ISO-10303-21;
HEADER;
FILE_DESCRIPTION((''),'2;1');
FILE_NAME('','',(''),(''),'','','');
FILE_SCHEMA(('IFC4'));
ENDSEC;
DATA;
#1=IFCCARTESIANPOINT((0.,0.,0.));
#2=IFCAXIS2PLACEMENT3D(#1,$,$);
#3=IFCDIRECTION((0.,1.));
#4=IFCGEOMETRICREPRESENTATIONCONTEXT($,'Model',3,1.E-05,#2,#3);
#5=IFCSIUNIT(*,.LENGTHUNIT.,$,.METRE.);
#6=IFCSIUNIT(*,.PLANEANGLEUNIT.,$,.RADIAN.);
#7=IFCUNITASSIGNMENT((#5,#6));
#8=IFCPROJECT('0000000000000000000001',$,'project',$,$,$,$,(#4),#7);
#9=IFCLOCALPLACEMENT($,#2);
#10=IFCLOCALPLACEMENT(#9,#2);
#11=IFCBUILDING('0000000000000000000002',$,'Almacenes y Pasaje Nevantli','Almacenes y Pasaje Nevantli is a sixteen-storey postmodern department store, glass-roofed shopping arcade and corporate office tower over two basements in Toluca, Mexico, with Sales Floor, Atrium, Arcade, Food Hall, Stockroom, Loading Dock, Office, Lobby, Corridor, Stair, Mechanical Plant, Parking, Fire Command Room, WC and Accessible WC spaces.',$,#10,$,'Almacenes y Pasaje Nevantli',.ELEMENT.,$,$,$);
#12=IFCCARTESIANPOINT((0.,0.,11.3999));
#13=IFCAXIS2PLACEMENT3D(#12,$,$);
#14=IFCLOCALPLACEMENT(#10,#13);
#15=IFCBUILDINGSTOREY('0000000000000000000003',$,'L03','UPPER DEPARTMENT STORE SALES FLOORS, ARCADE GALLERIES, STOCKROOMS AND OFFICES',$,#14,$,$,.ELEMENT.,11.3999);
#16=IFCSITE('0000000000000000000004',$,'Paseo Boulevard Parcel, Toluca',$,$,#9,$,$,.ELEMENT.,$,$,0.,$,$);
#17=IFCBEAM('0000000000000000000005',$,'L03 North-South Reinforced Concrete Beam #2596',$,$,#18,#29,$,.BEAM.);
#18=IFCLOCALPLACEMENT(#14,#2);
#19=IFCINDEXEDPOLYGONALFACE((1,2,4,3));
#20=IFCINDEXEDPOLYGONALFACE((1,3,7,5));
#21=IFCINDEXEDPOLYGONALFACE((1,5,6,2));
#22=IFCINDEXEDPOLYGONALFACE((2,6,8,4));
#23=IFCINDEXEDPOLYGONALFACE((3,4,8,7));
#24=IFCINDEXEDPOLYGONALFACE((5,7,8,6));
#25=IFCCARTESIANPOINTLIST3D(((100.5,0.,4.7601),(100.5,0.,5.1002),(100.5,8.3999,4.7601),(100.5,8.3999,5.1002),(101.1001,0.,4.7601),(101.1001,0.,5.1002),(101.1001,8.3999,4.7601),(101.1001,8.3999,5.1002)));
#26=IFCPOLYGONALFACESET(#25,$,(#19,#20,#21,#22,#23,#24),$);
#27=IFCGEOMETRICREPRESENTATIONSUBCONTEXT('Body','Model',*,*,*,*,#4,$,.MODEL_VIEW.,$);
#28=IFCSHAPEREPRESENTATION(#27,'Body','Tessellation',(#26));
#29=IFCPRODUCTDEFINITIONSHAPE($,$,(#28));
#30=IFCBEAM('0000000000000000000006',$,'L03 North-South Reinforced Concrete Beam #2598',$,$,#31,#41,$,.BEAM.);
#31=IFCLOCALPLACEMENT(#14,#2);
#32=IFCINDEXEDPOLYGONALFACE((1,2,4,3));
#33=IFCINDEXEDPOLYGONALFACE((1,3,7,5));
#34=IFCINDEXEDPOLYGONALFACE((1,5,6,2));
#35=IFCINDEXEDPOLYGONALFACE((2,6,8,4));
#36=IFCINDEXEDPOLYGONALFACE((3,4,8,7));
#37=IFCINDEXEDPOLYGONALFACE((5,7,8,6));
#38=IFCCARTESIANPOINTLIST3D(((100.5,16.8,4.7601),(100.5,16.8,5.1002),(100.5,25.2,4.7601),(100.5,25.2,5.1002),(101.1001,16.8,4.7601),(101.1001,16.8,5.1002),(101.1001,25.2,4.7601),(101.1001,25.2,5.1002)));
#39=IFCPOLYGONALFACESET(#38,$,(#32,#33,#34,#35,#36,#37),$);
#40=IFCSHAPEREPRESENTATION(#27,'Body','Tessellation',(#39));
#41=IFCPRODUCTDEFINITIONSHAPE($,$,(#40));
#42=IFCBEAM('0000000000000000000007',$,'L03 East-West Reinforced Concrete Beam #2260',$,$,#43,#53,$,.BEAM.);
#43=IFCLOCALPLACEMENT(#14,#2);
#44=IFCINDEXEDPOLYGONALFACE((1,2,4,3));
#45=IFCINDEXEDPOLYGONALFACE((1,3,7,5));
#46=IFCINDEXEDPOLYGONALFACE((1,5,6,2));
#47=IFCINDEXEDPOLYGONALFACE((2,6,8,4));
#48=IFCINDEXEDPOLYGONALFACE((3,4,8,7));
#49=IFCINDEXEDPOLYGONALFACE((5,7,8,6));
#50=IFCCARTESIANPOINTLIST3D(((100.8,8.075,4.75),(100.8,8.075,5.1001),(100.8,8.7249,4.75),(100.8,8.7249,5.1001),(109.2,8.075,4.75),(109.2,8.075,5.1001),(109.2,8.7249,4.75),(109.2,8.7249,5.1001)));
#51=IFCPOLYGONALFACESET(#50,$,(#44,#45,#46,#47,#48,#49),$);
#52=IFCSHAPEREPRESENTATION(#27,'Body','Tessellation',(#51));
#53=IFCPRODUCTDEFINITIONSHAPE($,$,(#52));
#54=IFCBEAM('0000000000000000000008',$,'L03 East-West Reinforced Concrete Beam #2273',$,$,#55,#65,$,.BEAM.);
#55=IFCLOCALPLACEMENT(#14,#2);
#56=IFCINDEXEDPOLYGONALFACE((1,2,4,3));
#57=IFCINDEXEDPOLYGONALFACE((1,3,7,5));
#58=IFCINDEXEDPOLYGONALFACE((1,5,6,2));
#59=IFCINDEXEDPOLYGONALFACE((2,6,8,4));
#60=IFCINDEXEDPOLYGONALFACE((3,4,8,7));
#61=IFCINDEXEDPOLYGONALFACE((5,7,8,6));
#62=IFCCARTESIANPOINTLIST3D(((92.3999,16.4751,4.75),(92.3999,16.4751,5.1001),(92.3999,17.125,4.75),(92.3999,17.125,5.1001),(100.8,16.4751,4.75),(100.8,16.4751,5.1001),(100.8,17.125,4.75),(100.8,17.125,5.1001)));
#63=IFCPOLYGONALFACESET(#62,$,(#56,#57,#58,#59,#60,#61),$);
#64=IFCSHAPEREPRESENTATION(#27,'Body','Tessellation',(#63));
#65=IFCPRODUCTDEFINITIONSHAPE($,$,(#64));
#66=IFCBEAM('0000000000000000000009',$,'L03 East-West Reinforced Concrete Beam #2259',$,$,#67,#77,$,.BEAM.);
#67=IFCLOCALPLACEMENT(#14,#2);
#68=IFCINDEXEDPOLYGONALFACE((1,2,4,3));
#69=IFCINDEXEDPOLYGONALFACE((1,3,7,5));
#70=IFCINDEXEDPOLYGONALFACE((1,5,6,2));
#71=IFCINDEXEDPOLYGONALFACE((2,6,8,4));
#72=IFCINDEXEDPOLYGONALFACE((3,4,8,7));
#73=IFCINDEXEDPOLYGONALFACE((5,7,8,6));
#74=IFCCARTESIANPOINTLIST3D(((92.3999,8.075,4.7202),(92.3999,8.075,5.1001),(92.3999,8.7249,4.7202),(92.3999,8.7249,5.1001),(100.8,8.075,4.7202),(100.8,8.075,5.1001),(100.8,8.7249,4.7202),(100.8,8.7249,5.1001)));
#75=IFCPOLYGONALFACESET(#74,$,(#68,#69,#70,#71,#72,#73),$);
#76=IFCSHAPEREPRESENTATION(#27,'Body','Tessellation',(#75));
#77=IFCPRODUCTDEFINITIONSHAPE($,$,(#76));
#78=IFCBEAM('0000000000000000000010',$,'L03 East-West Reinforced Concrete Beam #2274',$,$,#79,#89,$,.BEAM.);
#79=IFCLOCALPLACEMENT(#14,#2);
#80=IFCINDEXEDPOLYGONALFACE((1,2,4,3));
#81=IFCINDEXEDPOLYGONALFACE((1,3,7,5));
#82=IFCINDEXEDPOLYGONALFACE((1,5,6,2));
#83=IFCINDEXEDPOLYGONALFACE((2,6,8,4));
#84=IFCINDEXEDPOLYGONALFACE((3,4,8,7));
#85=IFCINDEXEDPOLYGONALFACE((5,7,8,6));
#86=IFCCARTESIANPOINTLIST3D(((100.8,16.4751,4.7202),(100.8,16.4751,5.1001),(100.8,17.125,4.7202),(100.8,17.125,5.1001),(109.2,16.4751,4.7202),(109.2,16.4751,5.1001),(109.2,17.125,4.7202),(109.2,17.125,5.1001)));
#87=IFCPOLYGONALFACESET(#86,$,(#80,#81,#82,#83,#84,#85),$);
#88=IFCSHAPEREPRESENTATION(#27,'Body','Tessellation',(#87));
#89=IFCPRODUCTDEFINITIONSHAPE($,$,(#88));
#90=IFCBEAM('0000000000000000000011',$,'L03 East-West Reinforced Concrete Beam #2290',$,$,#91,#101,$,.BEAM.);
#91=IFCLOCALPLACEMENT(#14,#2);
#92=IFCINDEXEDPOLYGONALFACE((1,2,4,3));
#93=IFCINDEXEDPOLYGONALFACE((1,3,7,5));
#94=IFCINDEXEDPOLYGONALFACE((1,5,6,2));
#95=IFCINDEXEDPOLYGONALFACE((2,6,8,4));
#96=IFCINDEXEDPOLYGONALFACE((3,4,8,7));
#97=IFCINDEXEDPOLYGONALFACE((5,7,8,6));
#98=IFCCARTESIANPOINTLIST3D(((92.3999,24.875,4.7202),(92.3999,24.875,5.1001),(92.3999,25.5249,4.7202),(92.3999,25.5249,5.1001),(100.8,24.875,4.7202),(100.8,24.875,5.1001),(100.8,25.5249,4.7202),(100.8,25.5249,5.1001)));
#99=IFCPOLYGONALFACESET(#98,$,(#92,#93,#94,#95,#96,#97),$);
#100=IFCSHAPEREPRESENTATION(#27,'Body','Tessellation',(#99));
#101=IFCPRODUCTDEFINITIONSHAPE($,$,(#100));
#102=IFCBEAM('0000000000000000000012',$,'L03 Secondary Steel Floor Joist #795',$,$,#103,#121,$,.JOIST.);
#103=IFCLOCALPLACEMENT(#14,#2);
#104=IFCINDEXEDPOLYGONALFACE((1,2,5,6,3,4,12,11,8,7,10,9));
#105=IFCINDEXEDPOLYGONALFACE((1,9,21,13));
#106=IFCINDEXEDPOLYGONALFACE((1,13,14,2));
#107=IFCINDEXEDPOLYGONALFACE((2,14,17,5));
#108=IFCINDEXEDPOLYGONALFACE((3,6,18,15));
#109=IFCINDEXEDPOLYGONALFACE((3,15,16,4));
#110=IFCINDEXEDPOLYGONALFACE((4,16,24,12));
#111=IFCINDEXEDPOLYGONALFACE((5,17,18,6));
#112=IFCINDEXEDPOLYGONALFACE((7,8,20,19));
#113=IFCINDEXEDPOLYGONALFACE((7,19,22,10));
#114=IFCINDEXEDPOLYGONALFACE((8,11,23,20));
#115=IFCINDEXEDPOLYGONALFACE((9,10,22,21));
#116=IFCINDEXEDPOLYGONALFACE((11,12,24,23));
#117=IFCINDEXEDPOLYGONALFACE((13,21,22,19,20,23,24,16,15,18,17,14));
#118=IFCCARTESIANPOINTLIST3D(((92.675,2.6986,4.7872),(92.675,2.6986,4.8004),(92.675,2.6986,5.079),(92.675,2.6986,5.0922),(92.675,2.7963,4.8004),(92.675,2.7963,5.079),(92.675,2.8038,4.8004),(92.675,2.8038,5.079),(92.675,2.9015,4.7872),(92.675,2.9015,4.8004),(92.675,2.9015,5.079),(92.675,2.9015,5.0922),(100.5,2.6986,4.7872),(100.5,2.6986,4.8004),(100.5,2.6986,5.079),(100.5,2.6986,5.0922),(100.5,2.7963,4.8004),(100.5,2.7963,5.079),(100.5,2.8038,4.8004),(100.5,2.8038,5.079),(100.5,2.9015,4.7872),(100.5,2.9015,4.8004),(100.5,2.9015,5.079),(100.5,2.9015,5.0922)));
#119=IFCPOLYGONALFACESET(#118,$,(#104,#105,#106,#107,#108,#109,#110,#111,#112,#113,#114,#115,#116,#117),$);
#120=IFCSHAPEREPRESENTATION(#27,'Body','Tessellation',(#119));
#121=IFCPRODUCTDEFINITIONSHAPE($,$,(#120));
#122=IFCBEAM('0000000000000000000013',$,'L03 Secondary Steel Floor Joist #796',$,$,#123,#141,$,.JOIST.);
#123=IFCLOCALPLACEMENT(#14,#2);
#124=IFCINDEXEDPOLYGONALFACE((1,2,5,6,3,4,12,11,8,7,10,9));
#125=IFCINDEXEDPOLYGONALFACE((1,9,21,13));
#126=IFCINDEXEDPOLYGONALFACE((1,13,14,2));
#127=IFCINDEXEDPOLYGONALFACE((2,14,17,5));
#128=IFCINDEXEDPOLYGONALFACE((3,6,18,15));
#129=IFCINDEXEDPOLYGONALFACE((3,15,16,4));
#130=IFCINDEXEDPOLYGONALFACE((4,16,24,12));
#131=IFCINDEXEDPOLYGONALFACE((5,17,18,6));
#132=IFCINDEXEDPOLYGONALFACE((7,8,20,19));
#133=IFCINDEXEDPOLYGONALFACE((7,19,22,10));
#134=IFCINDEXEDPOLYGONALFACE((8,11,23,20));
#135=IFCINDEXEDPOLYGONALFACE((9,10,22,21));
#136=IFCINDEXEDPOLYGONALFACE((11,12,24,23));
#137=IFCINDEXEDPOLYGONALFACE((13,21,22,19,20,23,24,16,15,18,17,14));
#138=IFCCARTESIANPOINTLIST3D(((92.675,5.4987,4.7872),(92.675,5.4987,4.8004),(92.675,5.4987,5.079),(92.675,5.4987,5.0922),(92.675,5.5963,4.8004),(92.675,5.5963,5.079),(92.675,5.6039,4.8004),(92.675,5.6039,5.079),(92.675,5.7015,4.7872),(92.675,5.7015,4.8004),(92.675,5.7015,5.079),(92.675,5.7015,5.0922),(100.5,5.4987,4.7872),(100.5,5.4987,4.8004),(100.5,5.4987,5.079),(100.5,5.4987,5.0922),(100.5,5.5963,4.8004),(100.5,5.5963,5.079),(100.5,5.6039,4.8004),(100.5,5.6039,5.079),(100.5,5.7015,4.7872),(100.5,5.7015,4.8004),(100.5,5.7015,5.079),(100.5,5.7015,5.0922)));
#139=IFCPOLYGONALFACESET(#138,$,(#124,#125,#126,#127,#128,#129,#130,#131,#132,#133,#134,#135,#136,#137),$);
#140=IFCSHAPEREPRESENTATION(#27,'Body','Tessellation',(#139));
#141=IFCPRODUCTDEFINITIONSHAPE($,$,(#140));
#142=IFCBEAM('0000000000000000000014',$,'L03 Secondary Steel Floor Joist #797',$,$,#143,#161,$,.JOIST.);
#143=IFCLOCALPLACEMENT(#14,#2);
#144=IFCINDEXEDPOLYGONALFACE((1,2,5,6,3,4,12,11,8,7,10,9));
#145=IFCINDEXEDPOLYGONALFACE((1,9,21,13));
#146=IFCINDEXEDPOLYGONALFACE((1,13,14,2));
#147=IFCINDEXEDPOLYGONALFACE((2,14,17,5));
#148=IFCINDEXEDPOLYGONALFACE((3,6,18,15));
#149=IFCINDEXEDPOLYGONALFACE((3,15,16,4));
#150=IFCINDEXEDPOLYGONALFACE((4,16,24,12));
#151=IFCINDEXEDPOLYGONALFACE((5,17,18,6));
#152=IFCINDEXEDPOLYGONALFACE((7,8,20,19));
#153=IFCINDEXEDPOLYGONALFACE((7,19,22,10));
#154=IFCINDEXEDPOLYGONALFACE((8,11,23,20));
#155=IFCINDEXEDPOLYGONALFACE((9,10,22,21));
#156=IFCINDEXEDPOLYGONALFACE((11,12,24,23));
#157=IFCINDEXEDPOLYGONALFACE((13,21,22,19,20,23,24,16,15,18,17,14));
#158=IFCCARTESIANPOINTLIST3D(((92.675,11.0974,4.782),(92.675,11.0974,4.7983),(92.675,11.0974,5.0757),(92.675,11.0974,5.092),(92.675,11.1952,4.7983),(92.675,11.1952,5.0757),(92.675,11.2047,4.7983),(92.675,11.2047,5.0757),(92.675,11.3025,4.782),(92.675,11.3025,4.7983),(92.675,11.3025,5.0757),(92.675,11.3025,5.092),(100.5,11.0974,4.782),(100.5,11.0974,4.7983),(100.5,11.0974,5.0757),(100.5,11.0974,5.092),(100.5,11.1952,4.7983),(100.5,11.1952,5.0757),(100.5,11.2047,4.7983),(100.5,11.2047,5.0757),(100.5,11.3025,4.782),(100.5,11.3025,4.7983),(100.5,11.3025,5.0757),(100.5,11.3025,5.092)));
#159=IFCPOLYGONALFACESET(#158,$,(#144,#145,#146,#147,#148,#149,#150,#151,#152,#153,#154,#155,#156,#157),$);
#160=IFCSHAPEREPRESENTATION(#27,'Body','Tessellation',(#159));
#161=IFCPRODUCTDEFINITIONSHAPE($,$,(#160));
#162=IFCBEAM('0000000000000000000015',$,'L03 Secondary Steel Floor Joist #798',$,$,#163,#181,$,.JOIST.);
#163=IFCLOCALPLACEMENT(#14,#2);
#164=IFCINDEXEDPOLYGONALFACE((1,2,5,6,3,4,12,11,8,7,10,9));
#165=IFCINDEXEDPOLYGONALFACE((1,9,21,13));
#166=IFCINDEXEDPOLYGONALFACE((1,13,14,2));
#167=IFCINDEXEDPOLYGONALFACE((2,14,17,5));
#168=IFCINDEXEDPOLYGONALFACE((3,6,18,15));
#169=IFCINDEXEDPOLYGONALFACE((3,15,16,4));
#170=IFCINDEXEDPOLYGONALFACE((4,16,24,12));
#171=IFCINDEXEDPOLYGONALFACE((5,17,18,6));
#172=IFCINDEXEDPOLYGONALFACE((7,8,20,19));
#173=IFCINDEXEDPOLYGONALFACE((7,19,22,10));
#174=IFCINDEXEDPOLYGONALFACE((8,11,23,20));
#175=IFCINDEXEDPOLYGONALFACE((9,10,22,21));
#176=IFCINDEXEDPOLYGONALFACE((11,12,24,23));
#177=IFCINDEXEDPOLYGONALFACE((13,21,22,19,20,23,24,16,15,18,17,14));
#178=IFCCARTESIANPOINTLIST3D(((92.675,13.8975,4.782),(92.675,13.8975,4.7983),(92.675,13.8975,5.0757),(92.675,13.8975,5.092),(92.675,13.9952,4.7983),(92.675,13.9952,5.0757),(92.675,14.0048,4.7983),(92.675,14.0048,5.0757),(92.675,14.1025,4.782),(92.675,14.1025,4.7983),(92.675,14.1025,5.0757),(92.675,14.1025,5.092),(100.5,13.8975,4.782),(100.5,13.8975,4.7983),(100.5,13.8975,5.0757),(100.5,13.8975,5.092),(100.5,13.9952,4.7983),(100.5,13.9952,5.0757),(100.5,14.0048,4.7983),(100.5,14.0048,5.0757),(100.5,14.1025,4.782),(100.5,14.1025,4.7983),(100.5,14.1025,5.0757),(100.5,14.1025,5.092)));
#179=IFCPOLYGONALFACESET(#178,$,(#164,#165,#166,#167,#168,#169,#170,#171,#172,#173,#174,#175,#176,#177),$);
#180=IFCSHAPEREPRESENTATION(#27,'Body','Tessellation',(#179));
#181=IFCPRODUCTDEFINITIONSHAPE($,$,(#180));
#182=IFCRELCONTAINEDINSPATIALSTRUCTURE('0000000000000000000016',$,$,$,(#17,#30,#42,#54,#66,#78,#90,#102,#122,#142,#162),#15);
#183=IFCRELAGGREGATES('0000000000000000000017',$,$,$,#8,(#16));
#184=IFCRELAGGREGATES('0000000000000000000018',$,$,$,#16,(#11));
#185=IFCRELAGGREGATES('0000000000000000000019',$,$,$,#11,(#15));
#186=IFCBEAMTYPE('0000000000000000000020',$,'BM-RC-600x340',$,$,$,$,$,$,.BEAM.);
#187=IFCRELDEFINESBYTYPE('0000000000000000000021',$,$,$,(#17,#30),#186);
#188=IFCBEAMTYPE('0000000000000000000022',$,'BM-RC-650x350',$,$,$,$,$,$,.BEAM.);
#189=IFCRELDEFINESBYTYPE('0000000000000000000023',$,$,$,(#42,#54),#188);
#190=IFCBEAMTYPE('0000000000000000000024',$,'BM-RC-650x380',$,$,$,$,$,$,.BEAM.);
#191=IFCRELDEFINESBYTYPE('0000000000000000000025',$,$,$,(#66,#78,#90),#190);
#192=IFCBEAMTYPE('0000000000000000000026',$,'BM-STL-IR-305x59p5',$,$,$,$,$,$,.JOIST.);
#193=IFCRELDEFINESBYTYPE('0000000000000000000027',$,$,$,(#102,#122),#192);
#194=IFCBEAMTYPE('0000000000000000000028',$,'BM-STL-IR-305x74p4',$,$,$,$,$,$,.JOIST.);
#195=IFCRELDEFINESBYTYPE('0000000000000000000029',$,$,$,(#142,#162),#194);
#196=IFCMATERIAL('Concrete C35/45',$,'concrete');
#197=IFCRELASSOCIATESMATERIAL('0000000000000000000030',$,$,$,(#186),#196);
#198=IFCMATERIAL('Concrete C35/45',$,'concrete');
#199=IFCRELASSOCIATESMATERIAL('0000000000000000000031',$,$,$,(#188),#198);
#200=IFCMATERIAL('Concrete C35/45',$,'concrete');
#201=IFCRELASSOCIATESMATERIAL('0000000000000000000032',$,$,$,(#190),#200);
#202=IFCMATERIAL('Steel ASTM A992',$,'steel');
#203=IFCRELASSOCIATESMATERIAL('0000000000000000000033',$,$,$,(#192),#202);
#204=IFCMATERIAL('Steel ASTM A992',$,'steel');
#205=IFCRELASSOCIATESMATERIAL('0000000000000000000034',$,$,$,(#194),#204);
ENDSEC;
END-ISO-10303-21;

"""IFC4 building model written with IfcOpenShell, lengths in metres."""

from ifc_helpers import new_model, si_unit, direction, frame, origin, origin_2d, place, context, subcontext, project, spatial, rectangle, i_section, extrude, material, material_profile, profile_set, type_object, element, save


model = new_model("IFC4")

# Units and contexts
model_context = context("Model", 3, precision=1e-05, world=origin(), true_north=direction((0.0, 1.0)))
body_context = subcontext(model_context, "Body", "Model", "MODEL_VIEW")
ifc_project = project(units=[si_unit("LENGTHUNIT", "METRE"), si_unit("PLANEANGLEUNIT", "RADIAN")], contexts=[model_context])

# Site, building, storey
site_placement = place(None, origin())
site = spatial("IfcSite", under=ifc_project, at=site_placement, Name="Paseo Boulevard Parcel, Toluca", CompositionType="ELEMENT", RefElevation=0.0)
building_placement = place(site_placement, origin())
building = spatial("IfcBuilding", under=site, at=building_placement, Name="Almacenes y Pasaje Nevantli", Description="Almacenes y Pasaje Nevantli is a sixteen-storey postmodern department store, glass-roofed shopping arcade and corporate office tower over two basements in Toluca, Mexico, with Sales Floor, Atrium, Arcade, Food Hall, Stockroom, Loading Dock, Office, Lobby, Corridor, Stair, Mechanical Plant, Parking, Fire Command Room, WC and Accessible WC spaces.", LongName="Almacenes y Pasaje Nevantli", CompositionType="ELEMENT")
storey_placement = place(building_placement, frame((0.0, 0.0, 11.3999)))
storey = spatial("IfcBuildingStorey", under=building, at=storey_placement, Name="L03", Description="UPPER DEPARTMENT STORE SALES FLOORS, ARCADE GALLERIES, STOCKROOMS AND OFFICES", CompositionType="ELEMENT", Elevation=11.3999)

# Beams
ifc_material_1 = material(Name="Concrete C35/45", Category="concrete")
ifc_material_profile_1 = material_profile(ifc_material_1, rectangle(XDim=0.6001, YDim=0.3401, at=origin_2d()), Name="RC-BM-600x340")
ifc_profile_set_1 = profile_set([ifc_material_profile_1], Name="Concrete C35/45")
beam_type_1 = type_object("IfcBeamType", Name="BM-RC-600x340", PredefinedType="BEAM", material=ifc_profile_set_1)
for number, where, z_axis, x_axis, name in (
    (1, (100.8, 0.0, 4.9302), (0.0, 1.0, 0.0), (-1.0, 0.0, 0.0), "L03 North-South Reinforced Concrete Beam #2596"),
    (2, (100.8, 16.8, 4.9302), (0.0, 1.0, 0.0), (-1.0, 0.0, 0.0), "L03 North-South Reinforced Concrete Beam #2598"),
):
    element("IfcBeam", number, at=place(storey_placement, frame(where, z_axis=z_axis, x_axis=x_axis)), inside=storey, type_object=beam_type_1, Name=name, PredefinedType="BEAM", context=body_context, shape_type="SweptSolid", body=[
        extrude(rectangle(XDim=0.6001, YDim=0.3401, at=origin_2d()), origin(), (0.0, 0.0, 1.0), 8.3999),
    ])
ifc_material_2 = material(Name="Concrete C35/45", Category="concrete")
ifc_material_profile_2 = material_profile(ifc_material_2, rectangle(XDim=0.6499, YDim=0.3501, at=origin_2d()), Name="RC-BM-650x350")
ifc_profile_set_2 = profile_set([ifc_material_profile_2], Name="Concrete C35/45")
beam_type_2 = type_object("IfcBeamType", Name="BM-RC-650x350", PredefinedType="BEAM", material=ifc_profile_set_2)
beam_1_placement = place(storey_placement, frame((100.8, 8.3999, 4.925), z_axis=(1.0, 0.0, 0.0), x_axis=(0.0, 1.0, 0.0)))
element("IfcBeam", 3, at=beam_1_placement, inside=storey, type_object=beam_type_2, Name="L03 East-West Reinforced Concrete Beam #2260", PredefinedType="BEAM", context=body_context, shape_type="SweptSolid", body=[
    extrude(rectangle(XDim=0.6499, YDim=0.3501, at=origin_2d()), origin(), (0.0, 0.0, 1.0), 8.3999),
])
beam_2_placement = place(storey_placement, frame((92.3999, 16.8, 4.925), z_axis=(1.0, 0.0, 0.0), x_axis=(0.0, 1.0, 0.0)))
element("IfcBeam", 4, at=beam_2_placement, inside=storey, type_object=beam_type_2, Name="L03 East-West Reinforced Concrete Beam #2273", PredefinedType="BEAM", context=body_context, shape_type="SweptSolid", body=[
    extrude(rectangle(XDim=0.6499, YDim=0.3501, at=origin_2d()), origin(), (0.0, 0.0, 1.0), 8.4001),
])
ifc_material_3 = material(Name="Concrete C35/45", Category="concrete")
ifc_material_profile_3 = material_profile(ifc_material_3, rectangle(XDim=0.6499, YDim=0.3799, at=origin_2d()), Name="RC-BM-650x380")
ifc_profile_set_3 = profile_set([ifc_material_profile_3], Name="Concrete C35/45")
beam_type_3 = type_object("IfcBeamType", Name="BM-RC-650x380", PredefinedType="BEAM", material=ifc_profile_set_3)
beam_3_placement = place(storey_placement, frame((92.3999, 8.3999, 4.9102), z_axis=(1.0, 0.0, 0.0), x_axis=(0.0, 1.0, 0.0)))
element("IfcBeam", 5, at=beam_3_placement, inside=storey, type_object=beam_type_3, Name="L03 East-West Reinforced Concrete Beam #2259", PredefinedType="BEAM", context=body_context, shape_type="SweptSolid", body=[
    extrude(rectangle(XDim=0.6499, YDim=0.3799, at=origin_2d()), origin(), (0.0, 0.0, 1.0), 8.4001),
])
beam_4_placement = place(storey_placement, frame((100.8, 16.8, 4.9102), z_axis=(1.0, 0.0, 0.0), x_axis=(0.0, 1.0, 0.0)))
element("IfcBeam", 6, at=beam_4_placement, inside=storey, type_object=beam_type_3, Name="L03 East-West Reinforced Concrete Beam #2274", PredefinedType="BEAM", context=body_context, shape_type="SweptSolid", body=[
    extrude(rectangle(XDim=0.6499, YDim=0.3799, at=origin_2d()), origin(), (0.0, 0.0, 1.0), 8.3999),
])
beam_5_placement = place(storey_placement, frame((92.3999, 25.2, 4.9102), z_axis=(1.0, 0.0, 0.0), x_axis=(0.0, 1.0, 0.0)))
element("IfcBeam", 7, at=beam_5_placement, inside=storey, type_object=beam_type_3, Name="L03 East-West Reinforced Concrete Beam #2290", PredefinedType="BEAM", context=body_context, shape_type="SweptSolid", body=[
    extrude(rectangle(XDim=0.6499, YDim=0.3799, at=origin_2d()), origin(), (0.0, 0.0, 1.0), 8.4001),
])
ifc_material_4 = material(Name="Steel ASTM A992", Category="steel")
ifc_material_profile_4 = material_profile(ifc_material_4, i_section(OverallWidth=0.2029, OverallDepth=0.3049, WebThickness=0.0076, FlangeThickness=0.0132, at=origin_2d()), Name="IR 305x59.5")
ifc_profile_set_4 = profile_set([ifc_material_profile_4], Name="Steel ASTM A992")
beam_type_4 = type_object("IfcBeamType", Name="BM-STL-IR-305x59p5", PredefinedType="JOIST", material=ifc_profile_set_4)
for number, where, z_axis, x_axis, name in (
    (8, (92.675, 2.8, 4.9397), (1.0, 0.0, 0.0), (0.0, 1.0, 0.0), "L03 Secondary Steel Floor Joist #795"),
    (9, (92.675, 5.6001, 4.9397), (1.0, 0.0, 0.0), (0.0, 1.0, 0.0), "L03 Secondary Steel Floor Joist #796"),
):
    element("IfcBeam", number, at=place(storey_placement, frame(where, z_axis=z_axis, x_axis=x_axis)), inside=storey, type_object=beam_type_4, Name=name, PredefinedType="JOIST", context=body_context, shape_type="SweptSolid", body=[
        extrude(i_section(OverallWidth=0.2029, OverallDepth=0.3049, WebThickness=0.0076, FlangeThickness=0.0132, at=origin_2d()), origin(), (0.0, 0.0, 1.0), 7.825),
    ])
ifc_material_5 = material(Name="Steel ASTM A992", Category="steel")
ifc_material_profile_5 = material_profile(ifc_material_5, i_section(OverallWidth=0.2051, OverallDepth=0.3101, WebThickness=0.0095, FlangeThickness=0.0164, at=origin_2d()), Name="IR 305x74.4")
ifc_profile_set_5 = profile_set([ifc_material_profile_5], Name="Steel ASTM A992")
beam_type_5 = type_object("IfcBeamType", Name="BM-STL-IR-305x74p4", PredefinedType="JOIST", material=ifc_profile_set_5)
for number, where, z_axis, x_axis, name in (
    (10, (92.675, 11.2, 4.937), (1.0, 0.0, 0.0), (0.0, 1.0, 0.0), "L03 Secondary Steel Floor Joist #797"),
    (11, (92.675, 14.0, 4.937), (1.0, 0.0, 0.0), (0.0, 1.0, 0.0), "L03 Secondary Steel Floor Joist #798"),
):
    element("IfcBeam", number, at=place(storey_placement, frame(where, z_axis=z_axis, x_axis=x_axis)), inside=storey, type_object=beam_type_5, Name=name, PredefinedType="JOIST", context=body_context, shape_type="SweptSolid", body=[
        extrude(i_section(OverallWidth=0.2051, OverallDepth=0.3101, WebThickness=0.0095, FlangeThickness=0.0164, at=origin_2d()), origin(), (0.0, 0.0, 1.0), 7.825),
    ])

save(model, "model.ifc")
